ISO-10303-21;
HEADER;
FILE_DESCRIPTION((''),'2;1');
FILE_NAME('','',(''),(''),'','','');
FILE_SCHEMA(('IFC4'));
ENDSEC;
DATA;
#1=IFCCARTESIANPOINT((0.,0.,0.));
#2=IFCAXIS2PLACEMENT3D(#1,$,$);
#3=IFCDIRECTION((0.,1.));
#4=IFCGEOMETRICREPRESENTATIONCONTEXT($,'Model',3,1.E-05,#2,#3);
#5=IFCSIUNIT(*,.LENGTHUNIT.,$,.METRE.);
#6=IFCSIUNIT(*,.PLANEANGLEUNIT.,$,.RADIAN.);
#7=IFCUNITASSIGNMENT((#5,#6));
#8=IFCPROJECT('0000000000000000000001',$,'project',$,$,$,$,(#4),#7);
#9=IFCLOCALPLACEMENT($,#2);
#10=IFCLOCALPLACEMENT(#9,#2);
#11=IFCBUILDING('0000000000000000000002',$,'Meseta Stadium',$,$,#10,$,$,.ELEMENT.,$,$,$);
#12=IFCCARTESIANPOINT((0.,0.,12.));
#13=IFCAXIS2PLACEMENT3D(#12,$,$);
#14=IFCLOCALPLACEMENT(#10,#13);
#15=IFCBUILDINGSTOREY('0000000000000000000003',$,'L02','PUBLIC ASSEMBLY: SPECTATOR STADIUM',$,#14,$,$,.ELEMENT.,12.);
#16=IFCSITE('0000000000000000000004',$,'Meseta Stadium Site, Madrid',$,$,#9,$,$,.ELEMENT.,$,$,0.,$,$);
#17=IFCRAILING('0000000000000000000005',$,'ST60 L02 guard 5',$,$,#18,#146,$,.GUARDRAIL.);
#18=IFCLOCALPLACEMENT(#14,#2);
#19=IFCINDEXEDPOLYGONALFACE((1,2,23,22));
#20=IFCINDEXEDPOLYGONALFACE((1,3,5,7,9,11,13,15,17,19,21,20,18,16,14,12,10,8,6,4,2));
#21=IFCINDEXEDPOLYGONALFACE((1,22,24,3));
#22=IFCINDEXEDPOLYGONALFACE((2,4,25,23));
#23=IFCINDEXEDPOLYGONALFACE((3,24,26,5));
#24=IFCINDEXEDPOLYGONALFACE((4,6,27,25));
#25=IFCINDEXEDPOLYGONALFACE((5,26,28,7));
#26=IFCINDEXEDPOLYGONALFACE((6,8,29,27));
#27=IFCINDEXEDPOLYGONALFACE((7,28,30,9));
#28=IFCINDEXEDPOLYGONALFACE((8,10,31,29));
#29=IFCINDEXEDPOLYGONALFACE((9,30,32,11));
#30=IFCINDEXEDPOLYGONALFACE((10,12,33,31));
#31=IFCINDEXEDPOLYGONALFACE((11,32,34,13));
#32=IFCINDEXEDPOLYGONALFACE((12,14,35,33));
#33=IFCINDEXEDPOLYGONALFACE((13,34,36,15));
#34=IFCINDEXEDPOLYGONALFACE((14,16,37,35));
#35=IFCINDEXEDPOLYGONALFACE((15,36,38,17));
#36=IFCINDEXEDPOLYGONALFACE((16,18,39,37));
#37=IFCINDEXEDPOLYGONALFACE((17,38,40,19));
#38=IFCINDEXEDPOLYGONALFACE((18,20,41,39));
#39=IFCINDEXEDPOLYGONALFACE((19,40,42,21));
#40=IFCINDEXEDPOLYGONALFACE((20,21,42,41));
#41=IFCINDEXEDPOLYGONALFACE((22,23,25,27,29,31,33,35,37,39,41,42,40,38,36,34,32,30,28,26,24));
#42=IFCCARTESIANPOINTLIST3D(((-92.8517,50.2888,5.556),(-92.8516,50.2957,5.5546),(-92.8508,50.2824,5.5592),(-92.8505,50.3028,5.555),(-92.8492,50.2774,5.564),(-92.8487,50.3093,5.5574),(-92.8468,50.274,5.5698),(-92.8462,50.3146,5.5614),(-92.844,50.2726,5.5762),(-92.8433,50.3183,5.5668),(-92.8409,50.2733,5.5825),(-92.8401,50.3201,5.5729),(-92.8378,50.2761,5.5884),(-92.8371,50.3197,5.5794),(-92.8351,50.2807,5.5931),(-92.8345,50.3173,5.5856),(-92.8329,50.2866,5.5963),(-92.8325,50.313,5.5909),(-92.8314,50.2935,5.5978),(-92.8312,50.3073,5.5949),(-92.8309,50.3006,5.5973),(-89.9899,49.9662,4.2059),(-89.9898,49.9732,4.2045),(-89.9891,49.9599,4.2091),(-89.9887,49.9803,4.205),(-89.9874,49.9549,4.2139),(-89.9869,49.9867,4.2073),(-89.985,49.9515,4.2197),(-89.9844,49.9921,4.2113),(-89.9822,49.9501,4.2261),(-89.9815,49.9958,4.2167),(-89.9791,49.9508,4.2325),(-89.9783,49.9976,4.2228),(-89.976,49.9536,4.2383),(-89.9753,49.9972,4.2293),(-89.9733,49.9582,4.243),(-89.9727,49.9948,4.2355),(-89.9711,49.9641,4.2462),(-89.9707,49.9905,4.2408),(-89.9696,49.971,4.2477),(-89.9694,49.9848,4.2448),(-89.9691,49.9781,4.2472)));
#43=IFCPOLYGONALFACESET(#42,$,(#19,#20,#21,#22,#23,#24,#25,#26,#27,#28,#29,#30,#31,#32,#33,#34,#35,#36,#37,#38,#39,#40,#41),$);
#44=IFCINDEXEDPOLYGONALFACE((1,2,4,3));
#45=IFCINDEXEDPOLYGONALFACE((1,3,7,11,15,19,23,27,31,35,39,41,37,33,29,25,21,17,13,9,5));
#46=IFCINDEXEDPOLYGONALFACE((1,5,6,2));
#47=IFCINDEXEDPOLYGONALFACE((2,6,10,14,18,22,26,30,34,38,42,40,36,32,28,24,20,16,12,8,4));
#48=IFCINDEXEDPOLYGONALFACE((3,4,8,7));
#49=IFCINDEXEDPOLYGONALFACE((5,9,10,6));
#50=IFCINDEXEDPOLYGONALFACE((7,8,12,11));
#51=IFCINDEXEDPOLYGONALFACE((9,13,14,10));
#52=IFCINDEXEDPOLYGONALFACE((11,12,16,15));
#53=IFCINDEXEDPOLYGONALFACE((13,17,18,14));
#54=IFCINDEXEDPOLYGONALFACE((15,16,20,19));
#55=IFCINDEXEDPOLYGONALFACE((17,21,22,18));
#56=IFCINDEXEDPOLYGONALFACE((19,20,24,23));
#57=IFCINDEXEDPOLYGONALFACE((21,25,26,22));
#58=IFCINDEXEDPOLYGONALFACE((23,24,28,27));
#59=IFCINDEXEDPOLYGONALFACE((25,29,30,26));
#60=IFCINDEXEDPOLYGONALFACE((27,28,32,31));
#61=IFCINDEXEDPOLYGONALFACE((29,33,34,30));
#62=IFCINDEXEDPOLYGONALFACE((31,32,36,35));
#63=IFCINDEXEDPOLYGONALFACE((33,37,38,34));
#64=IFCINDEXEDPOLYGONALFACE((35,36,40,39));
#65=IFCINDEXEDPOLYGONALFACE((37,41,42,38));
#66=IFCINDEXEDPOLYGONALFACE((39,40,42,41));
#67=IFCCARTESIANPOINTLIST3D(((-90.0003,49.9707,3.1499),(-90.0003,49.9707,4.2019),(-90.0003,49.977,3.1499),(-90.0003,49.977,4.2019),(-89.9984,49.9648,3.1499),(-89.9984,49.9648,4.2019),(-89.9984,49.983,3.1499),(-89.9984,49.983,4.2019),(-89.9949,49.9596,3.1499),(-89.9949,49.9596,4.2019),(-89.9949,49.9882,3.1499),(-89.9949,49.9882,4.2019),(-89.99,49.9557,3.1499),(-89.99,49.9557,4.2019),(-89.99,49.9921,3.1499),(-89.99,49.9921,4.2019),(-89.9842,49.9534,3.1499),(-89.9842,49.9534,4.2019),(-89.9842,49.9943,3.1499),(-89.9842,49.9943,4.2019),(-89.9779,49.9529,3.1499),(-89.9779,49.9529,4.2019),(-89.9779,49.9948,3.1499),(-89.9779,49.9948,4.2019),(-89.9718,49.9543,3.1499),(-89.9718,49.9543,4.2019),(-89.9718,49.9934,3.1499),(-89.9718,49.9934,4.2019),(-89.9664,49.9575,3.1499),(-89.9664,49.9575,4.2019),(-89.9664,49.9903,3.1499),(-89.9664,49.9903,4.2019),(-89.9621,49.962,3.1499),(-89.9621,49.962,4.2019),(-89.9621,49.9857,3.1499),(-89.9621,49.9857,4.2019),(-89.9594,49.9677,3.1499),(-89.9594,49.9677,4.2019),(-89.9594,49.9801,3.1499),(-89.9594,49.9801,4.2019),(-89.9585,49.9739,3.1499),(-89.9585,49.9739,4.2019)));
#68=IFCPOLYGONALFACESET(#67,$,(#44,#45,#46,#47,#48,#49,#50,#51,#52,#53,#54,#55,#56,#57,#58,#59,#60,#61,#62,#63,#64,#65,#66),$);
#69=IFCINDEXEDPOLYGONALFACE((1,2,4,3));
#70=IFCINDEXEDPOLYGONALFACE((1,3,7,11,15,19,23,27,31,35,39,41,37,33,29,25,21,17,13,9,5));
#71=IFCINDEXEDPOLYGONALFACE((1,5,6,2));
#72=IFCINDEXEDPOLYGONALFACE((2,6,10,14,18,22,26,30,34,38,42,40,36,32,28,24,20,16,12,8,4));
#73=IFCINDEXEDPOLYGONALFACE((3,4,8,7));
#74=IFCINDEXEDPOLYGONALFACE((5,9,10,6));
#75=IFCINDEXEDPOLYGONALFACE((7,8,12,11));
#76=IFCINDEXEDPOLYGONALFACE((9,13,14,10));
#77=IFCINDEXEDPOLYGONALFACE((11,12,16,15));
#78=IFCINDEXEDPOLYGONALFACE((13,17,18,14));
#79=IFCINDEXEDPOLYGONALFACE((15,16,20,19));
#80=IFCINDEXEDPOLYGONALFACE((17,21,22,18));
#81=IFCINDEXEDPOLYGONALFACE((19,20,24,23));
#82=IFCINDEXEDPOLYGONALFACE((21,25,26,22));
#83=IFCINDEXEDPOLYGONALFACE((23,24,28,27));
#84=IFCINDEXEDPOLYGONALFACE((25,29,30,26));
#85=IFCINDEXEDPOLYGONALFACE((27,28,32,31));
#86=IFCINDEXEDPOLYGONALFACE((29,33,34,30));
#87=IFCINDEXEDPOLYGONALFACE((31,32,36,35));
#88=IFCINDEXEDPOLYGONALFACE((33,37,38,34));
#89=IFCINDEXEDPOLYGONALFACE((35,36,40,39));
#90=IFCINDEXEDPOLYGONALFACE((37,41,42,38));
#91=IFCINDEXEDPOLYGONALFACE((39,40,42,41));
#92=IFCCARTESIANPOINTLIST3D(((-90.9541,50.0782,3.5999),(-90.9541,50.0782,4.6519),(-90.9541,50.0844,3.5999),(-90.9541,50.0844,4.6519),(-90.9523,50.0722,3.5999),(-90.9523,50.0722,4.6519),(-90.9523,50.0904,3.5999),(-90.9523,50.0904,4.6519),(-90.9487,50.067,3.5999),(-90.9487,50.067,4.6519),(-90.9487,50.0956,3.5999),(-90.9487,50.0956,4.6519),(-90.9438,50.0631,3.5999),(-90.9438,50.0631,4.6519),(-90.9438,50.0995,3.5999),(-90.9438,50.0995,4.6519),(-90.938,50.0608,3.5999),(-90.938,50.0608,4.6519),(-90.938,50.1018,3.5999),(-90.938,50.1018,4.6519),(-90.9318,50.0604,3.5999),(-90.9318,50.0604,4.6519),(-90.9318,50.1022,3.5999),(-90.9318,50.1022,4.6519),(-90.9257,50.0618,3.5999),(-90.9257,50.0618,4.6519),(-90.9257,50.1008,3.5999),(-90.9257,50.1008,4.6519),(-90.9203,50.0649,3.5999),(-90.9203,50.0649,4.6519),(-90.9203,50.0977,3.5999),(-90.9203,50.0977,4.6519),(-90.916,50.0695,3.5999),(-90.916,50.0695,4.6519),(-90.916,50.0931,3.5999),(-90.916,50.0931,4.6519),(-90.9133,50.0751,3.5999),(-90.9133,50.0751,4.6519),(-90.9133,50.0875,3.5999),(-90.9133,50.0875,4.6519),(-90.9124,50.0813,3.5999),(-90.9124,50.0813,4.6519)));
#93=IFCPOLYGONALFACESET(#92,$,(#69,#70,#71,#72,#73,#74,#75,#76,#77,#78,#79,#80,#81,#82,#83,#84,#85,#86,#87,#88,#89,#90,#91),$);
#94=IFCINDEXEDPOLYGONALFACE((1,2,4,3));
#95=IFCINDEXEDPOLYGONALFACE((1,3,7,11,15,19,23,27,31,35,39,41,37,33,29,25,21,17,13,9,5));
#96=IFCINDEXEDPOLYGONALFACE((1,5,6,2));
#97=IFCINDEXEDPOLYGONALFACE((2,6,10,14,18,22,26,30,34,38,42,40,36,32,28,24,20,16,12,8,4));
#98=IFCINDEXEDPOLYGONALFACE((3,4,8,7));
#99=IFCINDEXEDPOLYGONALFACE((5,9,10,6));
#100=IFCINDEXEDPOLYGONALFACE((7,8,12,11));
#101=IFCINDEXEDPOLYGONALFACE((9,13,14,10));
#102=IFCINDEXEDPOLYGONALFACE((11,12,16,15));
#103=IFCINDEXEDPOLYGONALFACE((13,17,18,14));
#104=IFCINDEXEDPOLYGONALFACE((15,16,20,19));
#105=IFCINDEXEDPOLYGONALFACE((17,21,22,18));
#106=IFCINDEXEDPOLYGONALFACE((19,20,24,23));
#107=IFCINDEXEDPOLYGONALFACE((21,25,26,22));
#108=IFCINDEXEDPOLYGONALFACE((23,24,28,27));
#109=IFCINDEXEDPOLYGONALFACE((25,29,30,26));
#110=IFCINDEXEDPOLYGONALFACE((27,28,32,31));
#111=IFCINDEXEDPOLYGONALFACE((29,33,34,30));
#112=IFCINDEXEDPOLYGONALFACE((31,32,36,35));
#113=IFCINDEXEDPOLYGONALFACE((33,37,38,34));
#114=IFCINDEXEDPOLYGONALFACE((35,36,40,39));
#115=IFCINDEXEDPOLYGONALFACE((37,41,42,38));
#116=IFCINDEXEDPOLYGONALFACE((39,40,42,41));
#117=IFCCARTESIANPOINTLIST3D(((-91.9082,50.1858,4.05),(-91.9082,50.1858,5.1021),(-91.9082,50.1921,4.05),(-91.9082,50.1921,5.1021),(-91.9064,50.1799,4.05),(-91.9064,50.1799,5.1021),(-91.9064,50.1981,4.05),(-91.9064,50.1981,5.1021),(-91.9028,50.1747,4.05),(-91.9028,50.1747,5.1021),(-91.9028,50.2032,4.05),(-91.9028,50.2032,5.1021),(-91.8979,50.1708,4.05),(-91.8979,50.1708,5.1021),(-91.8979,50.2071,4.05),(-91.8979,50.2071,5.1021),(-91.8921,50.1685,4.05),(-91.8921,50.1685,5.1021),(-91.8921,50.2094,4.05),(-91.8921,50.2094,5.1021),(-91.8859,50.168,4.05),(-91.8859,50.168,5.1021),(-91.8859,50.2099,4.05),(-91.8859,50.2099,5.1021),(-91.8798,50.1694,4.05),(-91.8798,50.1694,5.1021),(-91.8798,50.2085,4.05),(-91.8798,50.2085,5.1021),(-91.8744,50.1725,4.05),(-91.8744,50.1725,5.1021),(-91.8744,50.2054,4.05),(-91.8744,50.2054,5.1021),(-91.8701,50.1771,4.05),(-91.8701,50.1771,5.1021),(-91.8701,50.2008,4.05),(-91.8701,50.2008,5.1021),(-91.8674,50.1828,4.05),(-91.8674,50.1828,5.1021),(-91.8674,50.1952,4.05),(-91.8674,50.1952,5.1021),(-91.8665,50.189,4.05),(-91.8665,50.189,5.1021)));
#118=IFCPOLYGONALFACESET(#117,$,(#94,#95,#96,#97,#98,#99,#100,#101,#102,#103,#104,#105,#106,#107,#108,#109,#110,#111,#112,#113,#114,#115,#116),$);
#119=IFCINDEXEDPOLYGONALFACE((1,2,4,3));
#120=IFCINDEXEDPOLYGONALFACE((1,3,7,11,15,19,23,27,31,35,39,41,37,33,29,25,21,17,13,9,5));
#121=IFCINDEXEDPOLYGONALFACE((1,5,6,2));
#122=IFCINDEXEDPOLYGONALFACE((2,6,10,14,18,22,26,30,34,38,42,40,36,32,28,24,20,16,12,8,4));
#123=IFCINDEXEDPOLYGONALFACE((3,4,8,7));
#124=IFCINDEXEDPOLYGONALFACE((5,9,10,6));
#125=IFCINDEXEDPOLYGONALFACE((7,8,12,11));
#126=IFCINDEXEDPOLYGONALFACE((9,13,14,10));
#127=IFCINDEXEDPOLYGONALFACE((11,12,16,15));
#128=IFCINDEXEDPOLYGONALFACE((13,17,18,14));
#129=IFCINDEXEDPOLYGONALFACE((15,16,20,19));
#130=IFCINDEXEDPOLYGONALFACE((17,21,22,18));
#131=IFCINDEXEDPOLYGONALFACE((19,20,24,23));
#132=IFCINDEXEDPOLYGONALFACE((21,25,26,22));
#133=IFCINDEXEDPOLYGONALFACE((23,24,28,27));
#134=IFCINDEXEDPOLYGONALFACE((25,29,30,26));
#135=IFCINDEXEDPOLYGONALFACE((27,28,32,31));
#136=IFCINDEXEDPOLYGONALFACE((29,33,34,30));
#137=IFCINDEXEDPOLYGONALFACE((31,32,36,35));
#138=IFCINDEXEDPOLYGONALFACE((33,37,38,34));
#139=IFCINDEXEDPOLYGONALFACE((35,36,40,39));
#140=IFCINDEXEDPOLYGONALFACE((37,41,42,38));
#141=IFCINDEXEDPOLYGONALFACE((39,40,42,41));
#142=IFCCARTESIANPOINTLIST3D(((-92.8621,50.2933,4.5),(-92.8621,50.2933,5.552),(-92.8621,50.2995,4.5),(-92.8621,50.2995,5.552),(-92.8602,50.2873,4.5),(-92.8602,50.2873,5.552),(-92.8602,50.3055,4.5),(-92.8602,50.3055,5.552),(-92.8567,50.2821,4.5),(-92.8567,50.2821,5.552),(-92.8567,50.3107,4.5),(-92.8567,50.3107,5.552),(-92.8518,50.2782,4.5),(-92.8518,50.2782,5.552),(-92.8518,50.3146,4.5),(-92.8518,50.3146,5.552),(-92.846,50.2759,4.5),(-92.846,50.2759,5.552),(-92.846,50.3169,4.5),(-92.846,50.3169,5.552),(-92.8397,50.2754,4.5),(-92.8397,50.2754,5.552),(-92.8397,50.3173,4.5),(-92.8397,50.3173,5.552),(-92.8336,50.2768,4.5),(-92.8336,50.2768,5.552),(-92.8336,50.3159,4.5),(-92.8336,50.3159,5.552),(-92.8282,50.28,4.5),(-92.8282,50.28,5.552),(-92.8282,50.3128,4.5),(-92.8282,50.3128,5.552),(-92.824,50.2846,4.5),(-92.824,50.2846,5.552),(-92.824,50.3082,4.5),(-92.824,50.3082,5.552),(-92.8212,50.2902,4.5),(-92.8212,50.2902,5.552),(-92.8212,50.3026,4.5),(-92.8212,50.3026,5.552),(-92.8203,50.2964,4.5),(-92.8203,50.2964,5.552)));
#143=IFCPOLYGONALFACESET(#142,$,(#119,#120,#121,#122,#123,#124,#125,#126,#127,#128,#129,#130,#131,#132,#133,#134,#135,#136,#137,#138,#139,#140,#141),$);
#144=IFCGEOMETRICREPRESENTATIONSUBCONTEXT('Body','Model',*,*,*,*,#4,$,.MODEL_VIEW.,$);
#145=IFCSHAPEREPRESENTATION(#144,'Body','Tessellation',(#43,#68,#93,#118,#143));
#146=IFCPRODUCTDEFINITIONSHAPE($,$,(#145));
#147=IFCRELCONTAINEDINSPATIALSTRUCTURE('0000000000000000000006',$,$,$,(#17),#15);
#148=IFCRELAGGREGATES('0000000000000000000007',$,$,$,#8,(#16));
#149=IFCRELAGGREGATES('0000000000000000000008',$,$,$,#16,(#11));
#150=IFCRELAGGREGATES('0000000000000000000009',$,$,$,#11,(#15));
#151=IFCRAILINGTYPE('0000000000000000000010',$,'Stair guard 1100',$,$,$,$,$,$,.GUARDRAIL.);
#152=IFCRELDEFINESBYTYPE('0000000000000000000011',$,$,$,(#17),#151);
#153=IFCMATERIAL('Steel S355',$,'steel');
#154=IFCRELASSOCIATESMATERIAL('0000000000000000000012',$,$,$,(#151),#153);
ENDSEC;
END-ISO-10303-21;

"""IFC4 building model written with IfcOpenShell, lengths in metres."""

from ifc_helpers import new_model, si_unit, direction, frame, origin, origin_2d, place, context, subcontext, project, spatial, circle, extrude, material, type_object, element, save


model = new_model("IFC4")

# Units and contexts
model_context = context("Model", 3, precision=1e-05, world=origin(), true_north=direction((0.0, 1.0)))
body_context = subcontext(model_context, "Body", "Model", "MODEL_VIEW")
ifc_project = project(units=[si_unit("LENGTHUNIT", "METRE"), si_unit("PLANEANGLEUNIT", "RADIAN")], contexts=[model_context])

# Site, building, storey
site_placement = place(None, origin())
site = spatial("IfcSite", under=ifc_project, at=site_placement, Name="Meseta Stadium Site, Madrid", CompositionType="ELEMENT", RefElevation=0.0)
building_placement = place(site_placement, origin())
building = spatial("IfcBuilding", under=site, at=building_placement, Name="Meseta Stadium", CompositionType="ELEMENT")
storey_placement = place(building_placement, frame((0.0, 0.0, 12.0)))
storey = spatial("IfcBuildingStorey", under=building, at=storey_placement, Name="L02", Description="PUBLIC ASSEMBLY: SPECTATOR STADIUM", CompositionType="ELEMENT", Elevation=12.0)

# Railing
ifc_material_1 = material(Name="Steel S355", Category="steel")
railing_type_1 = type_object("IfcRailingType", Name="Stair guard 1100", PredefinedType="GUARDRAIL", material=ifc_material_1)
railing_1_placement = place(storey_placement, frame((-89.9795, 49.9739, 3.1499)))
element("IfcRailing", 1, at=railing_1_placement, inside=storey, type_object=railing_type_1, Name="ST60 L02 guard 5", PredefinedType="GUARDRAIL", context=body_context, shape_type="SweptSolid", body=[
    extrude(circle(Radius=0.0239, at=origin_2d()), frame((0.0, 0.0, 1.0762), z_axis=(-0.899748, 0.101396, 0.424467), x_axis=(-0.111985, -0.99371, 0.0)), (0.0, 0.0, 1.0), 3.1807),
    extrude(circle(Radius=0.021, at=origin_2d()), origin(), (0.0, 0.0, 1.0), 1.052),
    extrude(circle(Radius=0.021, at=origin_2d()), frame((-0.9539, 0.1074, 0.45)), (0.0, 0.0, 1.0), 1.052),
    extrude(circle(Radius=0.021, at=origin_2d()), frame((-1.908, 0.2151, 0.9001)), (0.0, 0.0, 1.0), 1.052),
    extrude(circle(Radius=0.021, at=origin_2d()), frame((-2.8618, 0.3225, 1.3501)), (0.0, 0.0, 1.0), 1.052),
])

save(model, "model.ifc")
